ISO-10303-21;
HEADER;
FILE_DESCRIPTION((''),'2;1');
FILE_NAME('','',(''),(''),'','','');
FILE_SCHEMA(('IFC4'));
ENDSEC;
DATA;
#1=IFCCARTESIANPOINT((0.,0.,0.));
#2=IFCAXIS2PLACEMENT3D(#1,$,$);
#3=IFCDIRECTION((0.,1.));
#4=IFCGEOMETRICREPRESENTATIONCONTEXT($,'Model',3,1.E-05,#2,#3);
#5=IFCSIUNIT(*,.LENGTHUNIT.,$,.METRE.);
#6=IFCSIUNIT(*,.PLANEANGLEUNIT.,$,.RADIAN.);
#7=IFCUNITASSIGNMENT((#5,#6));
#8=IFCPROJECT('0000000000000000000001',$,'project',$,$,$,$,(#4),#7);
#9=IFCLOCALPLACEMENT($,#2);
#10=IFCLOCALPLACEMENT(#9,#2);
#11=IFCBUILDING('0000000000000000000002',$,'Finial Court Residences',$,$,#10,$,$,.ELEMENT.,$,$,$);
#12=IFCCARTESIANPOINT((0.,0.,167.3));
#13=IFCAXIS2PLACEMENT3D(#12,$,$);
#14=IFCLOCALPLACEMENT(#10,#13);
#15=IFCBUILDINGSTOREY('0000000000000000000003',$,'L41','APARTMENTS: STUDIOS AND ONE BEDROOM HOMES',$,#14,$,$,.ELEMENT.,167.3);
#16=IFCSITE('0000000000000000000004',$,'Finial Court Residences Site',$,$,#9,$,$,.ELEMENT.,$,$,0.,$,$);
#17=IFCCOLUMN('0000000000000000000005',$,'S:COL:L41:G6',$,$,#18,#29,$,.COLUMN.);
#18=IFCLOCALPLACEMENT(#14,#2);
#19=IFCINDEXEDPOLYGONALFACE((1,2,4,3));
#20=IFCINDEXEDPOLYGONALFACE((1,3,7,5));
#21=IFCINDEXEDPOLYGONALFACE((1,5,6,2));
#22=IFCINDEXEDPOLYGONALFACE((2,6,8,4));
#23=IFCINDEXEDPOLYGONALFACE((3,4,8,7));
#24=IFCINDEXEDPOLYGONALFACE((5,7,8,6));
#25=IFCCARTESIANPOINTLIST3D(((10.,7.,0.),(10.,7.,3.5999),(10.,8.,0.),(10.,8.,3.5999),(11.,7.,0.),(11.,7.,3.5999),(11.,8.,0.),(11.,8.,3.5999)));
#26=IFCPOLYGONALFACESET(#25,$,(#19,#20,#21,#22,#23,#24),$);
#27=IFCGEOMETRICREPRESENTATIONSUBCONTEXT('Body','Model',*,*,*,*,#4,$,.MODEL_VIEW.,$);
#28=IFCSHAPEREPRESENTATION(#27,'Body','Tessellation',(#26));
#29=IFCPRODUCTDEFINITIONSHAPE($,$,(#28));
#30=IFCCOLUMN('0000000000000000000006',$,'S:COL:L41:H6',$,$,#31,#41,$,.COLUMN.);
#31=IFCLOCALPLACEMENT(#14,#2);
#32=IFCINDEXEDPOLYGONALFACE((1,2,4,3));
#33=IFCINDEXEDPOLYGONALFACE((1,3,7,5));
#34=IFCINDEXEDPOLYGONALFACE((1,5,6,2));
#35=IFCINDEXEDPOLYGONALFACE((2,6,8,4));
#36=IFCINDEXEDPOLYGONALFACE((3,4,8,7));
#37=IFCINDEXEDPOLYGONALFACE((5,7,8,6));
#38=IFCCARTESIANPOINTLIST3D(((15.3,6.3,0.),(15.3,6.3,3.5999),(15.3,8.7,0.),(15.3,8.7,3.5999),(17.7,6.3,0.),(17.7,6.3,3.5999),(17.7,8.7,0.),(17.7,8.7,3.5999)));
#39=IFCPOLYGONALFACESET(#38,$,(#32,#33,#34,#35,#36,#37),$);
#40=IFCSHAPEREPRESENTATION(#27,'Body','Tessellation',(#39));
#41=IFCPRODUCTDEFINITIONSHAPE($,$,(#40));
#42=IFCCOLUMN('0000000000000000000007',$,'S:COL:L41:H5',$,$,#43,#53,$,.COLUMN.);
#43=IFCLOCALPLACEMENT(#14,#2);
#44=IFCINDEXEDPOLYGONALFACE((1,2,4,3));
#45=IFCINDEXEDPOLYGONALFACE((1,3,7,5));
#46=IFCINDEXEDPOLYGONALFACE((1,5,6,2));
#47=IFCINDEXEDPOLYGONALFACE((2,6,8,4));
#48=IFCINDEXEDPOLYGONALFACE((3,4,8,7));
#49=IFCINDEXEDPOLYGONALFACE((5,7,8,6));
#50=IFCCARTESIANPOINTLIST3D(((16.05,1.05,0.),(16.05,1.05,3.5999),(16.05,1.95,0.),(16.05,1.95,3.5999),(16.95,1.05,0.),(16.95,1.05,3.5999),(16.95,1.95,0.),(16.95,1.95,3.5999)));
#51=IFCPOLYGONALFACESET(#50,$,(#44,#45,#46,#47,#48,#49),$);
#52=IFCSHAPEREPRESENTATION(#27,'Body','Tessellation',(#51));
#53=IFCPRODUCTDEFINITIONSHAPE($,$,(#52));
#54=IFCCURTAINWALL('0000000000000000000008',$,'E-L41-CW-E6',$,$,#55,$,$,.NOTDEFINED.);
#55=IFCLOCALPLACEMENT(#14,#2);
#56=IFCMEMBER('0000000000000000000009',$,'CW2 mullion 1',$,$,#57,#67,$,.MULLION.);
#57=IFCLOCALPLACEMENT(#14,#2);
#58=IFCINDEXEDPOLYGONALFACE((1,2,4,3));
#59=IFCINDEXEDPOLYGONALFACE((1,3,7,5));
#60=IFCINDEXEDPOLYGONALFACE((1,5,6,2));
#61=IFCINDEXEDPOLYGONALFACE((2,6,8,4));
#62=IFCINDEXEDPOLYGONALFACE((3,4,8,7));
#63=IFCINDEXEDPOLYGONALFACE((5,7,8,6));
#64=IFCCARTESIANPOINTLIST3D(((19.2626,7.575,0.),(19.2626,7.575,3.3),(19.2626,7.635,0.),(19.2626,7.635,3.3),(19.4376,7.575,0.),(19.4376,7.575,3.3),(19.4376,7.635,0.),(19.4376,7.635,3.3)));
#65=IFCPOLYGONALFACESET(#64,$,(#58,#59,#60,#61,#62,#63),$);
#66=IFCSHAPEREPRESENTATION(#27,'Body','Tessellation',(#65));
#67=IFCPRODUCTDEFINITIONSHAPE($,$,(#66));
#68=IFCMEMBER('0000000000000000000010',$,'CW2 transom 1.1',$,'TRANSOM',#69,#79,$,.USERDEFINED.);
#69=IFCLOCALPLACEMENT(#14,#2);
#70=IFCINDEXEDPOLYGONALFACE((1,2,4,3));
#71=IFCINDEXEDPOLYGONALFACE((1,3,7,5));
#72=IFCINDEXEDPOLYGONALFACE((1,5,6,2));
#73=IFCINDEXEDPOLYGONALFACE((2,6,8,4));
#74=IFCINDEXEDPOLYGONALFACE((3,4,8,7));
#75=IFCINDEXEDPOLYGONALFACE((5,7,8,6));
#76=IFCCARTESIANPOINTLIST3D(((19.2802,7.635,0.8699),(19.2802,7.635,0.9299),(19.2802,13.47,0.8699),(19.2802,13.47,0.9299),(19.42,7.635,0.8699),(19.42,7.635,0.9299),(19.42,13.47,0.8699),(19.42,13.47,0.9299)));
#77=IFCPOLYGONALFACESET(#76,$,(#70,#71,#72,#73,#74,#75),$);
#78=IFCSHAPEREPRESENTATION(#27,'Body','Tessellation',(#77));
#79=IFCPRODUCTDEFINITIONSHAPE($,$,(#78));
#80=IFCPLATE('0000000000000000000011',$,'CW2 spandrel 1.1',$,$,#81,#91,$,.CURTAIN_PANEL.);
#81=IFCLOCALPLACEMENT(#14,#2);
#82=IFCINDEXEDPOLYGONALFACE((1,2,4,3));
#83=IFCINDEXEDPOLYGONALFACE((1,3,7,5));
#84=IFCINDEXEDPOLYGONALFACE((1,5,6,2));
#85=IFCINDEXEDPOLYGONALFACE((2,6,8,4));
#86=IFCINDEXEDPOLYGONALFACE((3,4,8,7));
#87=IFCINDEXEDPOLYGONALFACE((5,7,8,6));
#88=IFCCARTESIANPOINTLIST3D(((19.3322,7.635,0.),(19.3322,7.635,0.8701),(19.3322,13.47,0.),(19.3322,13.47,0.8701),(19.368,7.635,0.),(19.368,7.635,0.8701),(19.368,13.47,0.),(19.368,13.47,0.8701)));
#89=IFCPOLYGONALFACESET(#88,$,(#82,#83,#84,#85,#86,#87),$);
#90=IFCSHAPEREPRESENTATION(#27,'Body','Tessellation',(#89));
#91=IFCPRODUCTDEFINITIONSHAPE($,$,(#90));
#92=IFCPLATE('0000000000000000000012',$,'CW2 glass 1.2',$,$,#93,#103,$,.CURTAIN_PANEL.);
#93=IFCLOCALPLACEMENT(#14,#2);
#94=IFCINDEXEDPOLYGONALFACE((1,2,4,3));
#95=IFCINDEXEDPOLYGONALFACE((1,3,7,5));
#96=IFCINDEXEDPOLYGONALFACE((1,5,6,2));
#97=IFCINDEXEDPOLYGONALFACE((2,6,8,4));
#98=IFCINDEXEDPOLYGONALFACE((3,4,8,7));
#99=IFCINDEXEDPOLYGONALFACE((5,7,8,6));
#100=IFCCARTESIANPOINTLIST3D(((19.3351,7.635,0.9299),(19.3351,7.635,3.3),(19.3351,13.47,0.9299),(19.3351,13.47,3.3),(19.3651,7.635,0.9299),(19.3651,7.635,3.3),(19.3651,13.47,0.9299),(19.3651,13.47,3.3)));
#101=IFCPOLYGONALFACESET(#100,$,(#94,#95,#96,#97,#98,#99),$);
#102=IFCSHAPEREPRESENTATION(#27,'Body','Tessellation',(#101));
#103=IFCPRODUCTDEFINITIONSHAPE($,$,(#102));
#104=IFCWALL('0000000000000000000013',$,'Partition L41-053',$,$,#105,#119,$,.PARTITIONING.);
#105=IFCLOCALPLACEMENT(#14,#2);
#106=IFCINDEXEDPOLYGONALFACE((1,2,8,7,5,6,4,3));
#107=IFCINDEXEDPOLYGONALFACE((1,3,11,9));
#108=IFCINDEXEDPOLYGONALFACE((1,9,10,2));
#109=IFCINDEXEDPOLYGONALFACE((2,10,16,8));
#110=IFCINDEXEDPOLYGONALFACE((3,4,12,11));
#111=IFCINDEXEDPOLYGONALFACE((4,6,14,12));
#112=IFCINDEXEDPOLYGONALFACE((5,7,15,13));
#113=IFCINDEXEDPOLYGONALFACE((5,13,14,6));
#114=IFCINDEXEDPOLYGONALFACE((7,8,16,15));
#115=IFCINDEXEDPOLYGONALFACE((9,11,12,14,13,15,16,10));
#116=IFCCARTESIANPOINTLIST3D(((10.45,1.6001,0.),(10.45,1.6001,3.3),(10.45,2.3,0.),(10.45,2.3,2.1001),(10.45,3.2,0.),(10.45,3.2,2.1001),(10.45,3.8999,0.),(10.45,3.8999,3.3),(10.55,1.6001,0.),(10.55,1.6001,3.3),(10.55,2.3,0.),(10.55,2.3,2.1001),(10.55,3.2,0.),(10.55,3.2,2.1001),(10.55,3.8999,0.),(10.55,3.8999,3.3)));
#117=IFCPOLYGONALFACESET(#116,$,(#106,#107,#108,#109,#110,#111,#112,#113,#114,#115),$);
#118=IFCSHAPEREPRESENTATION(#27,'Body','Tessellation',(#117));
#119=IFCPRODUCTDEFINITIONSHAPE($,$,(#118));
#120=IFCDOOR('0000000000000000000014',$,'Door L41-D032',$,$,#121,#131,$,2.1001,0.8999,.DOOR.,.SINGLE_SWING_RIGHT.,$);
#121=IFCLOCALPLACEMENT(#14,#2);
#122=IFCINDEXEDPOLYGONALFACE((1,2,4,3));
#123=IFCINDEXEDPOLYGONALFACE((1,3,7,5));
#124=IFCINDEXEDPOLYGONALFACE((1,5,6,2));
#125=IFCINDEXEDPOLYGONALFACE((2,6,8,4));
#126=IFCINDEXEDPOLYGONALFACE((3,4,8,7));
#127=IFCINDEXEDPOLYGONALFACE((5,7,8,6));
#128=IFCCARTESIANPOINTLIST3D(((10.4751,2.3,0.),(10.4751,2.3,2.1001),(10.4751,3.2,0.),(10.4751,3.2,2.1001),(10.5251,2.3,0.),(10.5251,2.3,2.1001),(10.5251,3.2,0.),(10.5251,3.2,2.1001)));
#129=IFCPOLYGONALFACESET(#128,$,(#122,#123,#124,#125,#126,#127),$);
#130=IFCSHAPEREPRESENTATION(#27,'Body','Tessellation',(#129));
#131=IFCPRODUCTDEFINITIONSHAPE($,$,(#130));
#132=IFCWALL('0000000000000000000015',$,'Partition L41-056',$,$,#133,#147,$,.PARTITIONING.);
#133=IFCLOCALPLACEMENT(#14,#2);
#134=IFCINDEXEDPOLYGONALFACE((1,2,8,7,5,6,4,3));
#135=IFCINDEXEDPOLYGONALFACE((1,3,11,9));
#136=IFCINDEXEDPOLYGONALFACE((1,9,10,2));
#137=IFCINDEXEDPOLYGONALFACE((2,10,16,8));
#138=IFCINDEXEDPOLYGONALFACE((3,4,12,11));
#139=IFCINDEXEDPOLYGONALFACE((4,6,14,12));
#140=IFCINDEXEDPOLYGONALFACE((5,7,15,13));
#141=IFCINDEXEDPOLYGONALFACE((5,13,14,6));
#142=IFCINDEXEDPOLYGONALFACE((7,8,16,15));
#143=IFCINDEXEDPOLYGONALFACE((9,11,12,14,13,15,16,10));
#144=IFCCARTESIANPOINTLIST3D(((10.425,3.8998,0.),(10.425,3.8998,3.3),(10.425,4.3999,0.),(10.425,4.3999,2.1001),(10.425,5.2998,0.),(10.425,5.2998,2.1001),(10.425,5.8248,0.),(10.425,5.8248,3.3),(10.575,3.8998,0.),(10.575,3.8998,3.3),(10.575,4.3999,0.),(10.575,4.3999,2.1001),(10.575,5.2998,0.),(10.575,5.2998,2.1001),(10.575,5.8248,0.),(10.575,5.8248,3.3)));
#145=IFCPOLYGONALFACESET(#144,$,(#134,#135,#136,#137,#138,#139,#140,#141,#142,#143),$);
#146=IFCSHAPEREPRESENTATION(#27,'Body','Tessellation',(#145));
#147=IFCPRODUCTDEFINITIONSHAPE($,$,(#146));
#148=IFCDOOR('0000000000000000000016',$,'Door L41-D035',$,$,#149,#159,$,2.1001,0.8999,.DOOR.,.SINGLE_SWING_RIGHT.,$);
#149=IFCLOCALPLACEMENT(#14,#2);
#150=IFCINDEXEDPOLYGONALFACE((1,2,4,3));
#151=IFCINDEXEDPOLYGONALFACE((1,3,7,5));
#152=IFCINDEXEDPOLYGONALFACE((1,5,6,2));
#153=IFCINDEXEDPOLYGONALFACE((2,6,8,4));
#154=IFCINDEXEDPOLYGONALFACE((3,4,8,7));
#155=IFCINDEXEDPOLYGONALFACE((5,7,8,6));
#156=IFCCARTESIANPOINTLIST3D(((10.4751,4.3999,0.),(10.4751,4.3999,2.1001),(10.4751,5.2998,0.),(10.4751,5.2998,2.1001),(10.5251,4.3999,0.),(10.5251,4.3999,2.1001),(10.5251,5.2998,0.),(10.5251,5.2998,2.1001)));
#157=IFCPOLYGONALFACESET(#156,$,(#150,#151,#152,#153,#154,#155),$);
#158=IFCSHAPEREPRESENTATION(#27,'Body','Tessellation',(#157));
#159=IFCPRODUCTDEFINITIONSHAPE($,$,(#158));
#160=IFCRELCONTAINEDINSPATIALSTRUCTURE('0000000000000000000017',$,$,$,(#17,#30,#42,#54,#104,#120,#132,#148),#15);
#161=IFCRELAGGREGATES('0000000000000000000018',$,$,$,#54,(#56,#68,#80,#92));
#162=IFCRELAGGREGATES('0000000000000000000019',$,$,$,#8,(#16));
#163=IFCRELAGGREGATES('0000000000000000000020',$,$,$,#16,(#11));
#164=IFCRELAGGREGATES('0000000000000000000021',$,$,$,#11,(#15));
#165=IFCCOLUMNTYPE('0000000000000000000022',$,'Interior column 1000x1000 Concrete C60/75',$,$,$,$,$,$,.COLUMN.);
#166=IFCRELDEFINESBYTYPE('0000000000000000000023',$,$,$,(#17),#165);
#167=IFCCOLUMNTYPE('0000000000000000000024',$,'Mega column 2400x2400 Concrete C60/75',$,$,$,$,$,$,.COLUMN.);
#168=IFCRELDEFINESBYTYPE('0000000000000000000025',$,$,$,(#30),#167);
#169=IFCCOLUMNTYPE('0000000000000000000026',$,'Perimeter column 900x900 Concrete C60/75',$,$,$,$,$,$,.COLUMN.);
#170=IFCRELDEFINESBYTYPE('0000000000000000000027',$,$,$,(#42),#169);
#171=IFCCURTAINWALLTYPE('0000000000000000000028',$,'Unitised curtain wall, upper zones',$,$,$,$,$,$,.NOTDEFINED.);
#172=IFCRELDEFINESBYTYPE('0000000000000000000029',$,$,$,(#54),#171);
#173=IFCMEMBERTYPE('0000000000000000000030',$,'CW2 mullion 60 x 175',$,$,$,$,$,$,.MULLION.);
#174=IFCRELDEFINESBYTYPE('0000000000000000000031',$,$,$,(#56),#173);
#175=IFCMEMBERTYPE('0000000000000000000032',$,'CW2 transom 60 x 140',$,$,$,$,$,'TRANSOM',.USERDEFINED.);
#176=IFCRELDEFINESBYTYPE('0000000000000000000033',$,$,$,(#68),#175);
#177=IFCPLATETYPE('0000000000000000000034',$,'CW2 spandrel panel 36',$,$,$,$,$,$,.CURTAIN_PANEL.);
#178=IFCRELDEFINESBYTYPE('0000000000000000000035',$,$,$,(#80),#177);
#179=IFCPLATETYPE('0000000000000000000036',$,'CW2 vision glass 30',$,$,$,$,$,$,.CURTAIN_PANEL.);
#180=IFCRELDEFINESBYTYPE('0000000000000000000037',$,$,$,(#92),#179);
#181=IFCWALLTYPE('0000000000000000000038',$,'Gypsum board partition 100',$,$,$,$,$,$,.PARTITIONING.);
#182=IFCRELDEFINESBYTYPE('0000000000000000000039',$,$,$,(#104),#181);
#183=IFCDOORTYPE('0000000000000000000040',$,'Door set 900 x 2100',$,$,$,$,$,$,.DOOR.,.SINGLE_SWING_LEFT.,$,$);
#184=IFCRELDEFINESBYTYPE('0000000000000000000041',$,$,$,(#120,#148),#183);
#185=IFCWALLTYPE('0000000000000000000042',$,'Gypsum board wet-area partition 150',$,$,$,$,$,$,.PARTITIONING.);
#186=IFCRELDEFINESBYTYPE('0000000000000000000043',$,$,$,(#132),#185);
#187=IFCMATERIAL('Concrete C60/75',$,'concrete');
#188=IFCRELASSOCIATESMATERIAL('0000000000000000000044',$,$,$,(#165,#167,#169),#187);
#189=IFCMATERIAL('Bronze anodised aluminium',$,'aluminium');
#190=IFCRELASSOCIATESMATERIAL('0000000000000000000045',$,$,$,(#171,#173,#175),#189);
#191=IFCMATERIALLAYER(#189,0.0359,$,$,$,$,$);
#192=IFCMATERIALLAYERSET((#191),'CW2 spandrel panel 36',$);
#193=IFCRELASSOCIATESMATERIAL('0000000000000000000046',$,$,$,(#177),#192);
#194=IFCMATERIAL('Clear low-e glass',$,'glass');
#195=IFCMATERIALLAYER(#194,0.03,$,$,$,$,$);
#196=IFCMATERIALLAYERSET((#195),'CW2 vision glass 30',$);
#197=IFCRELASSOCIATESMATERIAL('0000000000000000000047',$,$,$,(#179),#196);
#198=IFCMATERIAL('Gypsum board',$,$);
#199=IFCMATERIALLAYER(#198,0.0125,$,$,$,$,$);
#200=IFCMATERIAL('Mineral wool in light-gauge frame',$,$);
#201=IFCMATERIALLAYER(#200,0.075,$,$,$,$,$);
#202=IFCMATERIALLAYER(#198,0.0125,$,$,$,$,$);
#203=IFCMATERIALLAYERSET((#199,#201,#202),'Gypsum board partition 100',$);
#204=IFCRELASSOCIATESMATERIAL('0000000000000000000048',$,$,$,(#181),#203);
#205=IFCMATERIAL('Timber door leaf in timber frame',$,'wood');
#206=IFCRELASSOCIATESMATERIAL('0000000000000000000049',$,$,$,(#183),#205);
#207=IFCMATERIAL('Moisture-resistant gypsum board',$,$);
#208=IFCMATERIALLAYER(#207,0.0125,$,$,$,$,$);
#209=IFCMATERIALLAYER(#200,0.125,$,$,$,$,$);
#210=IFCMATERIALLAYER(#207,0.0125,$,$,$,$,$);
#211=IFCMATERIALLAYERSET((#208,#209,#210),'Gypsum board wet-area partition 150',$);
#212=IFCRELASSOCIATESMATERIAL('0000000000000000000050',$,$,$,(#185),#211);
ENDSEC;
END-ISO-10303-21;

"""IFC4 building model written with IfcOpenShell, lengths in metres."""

from ifc_helpers import new_model, si_unit, direction, frame, frame_2d, origin, origin_2d, place, context, subcontext, project, spatial, rectangle, extrude, material, layer, layer_set, material_profile, profile_set, type_object, element, fill, aggregate, save


model = new_model("IFC4")

# Units and contexts
model_context = context("Model", 3, precision=1e-05, world=origin(), true_north=direction((0.0, 1.0)))
body_context = subcontext(model_context, "Body", "Model", "MODEL_VIEW")
ifc_project = project(units=[si_unit("LENGTHUNIT", "METRE"), si_unit("PLANEANGLEUNIT", "RADIAN")], contexts=[model_context])

# Site, building, storey
site_placement = place(None, origin())
site = spatial("IfcSite", under=ifc_project, at=site_placement, Name="Finial Court Residences Site", CompositionType="ELEMENT", RefElevation=0.0)
building_placement = place(site_placement, origin())
building = spatial("IfcBuilding", under=site, at=building_placement, Name="Finial Court Residences", CompositionType="ELEMENT")
storey_placement = place(building_placement, frame((0.0, 0.0, 167.3)))
storey = spatial("IfcBuildingStorey", under=building, at=storey_placement, Name="L41", Description="APARTMENTS: STUDIOS AND ONE BEDROOM HOMES", CompositionType="ELEMENT", Elevation=167.3)

# Columns
ifc_material_1 = material(Name="Concrete C60/75", Category="concrete")
ifc_material_profile_1 = material_profile(ifc_material_1, rectangle(XDim=1.0, YDim=1.0, at=origin_2d()), Name="1000x1000")
ifc_profile_set_1 = profile_set([ifc_material_profile_1], Name="Concrete C60/75")
column_type_1 = type_object("IfcColumnType", Name="Interior column 1000x1000 Concrete C60/75", PredefinedType="COLUMN", material=ifc_profile_set_1)
column_1_placement = place(storey_placement, frame((10.5, 7.5, 0.0), z_axis=(0.0, 0.0, 1.0), x_axis=(1.0, 0.0, 0.0)))
element("IfcColumn", 1, at=column_1_placement, inside=storey, type_object=column_type_1, Name="S:COL:L41:G6", PredefinedType="COLUMN", context=body_context, shape_type="SweptSolid", body=[
    extrude(rectangle(XDim=1.0, YDim=1.0, at=origin_2d()), origin(), (0.0, 0.0, 1.0), 3.5999),
])
ifc_material_profile_2 = material_profile(ifc_material_1, rectangle(XDim=2.3999, YDim=2.3999, at=origin_2d()), Name="2400x2400")
ifc_profile_set_2 = profile_set([ifc_material_profile_2], Name="Concrete C60/75")
column_type_2 = type_object("IfcColumnType", Name="Mega column 2400x2400 Concrete C60/75", PredefinedType="COLUMN", material=ifc_profile_set_2)
column_2_placement = place(storey_placement, frame((16.5, 7.5, 0.0), z_axis=(0.0, 0.0, 1.0), x_axis=(1.0, 0.0, 0.0)))
element("IfcColumn", 2, at=column_2_placement, inside=storey, type_object=column_type_2, Name="S:COL:L41:H6", PredefinedType="COLUMN", context=body_context, shape_type="SweptSolid", body=[
    extrude(rectangle(XDim=2.3999, YDim=2.3999, at=origin_2d()), origin(), (0.0, 0.0, 1.0), 3.5999),
])
ifc_material_profile_3 = material_profile(ifc_material_1, rectangle(XDim=0.8999, YDim=0.8999, at=origin_2d()), Name="900x900")
ifc_profile_set_3 = profile_set([ifc_material_profile_3], Name="Concrete C60/75")
column_type_3 = type_object("IfcColumnType", Name="Perimeter column 900x900 Concrete C60/75", PredefinedType="COLUMN", material=ifc_profile_set_3)
column_3_placement = place(storey_placement, frame((16.5, 1.5, 0.0), z_axis=(0.0, 0.0, 1.0), x_axis=(1.0, 0.0, 0.0)))
element("IfcColumn", 3, at=column_3_placement, inside=storey, type_object=column_type_3, Name="S:COL:L41:H5", PredefinedType="COLUMN", context=body_context, shape_type="SweptSolid", body=[
    extrude(rectangle(XDim=0.8999, YDim=0.8999, at=origin_2d()), origin(), (0.0, 0.0, 1.0), 3.5999),
])

# Curtain wall, members, plates
ifc_material_2 = material(Name="Bronze anodised aluminium", Category="aluminium")
curtain_wall_type = type_object("IfcCurtainWallType", Name="Unitised curtain wall, upper zones", PredefinedType="NOTDEFINED", material=ifc_material_2)
curtain_wall_placement = place(storey_placement, origin())
curtain_wall = element("IfcCurtainWall", 4, at=curtain_wall_placement, inside=storey, type_object=curtain_wall_type, Name="E-L41-CW-E6", PredefinedType="NOTDEFINED")
ifc_material_profile_4 = material_profile(ifc_material_2, rectangle(XDim=0.175, YDim=0.0601, at=origin_2d()), Name="CW2 mullion 60 x 175")
ifc_profile_set_4 = profile_set([ifc_material_profile_4], Name="Bronze anodised aluminium")
member_type_1 = type_object("IfcMemberType", Name="CW2 mullion 60 x 175", PredefinedType="MULLION", material=ifc_profile_set_4)
member_1_placement = place(storey_placement, frame((19.3501, 7.605, 0.0), z_axis=(0.0, 0.0, 1.0), x_axis=(-1.0, 0.0, 0.0)))
member_1 = element("IfcMember", 5, at=member_1_placement, type_object=member_type_1, Name="CW2 mullion 1", PredefinedType="MULLION", context=body_context, shape_type="SweptSolid", body=[
    extrude(rectangle(XDim=0.175, YDim=0.0601, at=origin_2d()), origin(), (0.0, 0.0, 1.0), 3.3),
])
ifc_material_profile_5 = material_profile(ifc_material_2, rectangle(XDim=0.1399, YDim=0.0601, at=origin_2d()), Name="CW2 transom 60 x 140")
ifc_profile_set_5 = profile_set([ifc_material_profile_5], Name="Bronze anodised aluminium")
member_type_2 = type_object("IfcMemberType", Name="CW2 transom 60 x 140", ElementType="TRANSOM", PredefinedType="USERDEFINED", material=ifc_profile_set_5)
member_2_placement = place(storey_placement, frame((19.3501, 7.635, 0.8999), z_axis=(0.0, 1.0, 0.0), x_axis=(-1.0, 0.0, 0.0)))
member_2 = element("IfcMember", 6, at=member_2_placement, type_object=member_type_2, Name="CW2 transom 1.1", ObjectType="TRANSOM", PredefinedType="USERDEFINED", context=body_context, shape_type="SweptSolid", body=[
    extrude(rectangle(XDim=0.1399, YDim=0.0601, at=origin_2d()), origin(), (0.0, 0.0, 1.0), 5.835),
])
ifc_layer_1 = layer(ifc_material_2, 0.0359)
ifc_layer_set_1 = layer_set([ifc_layer_1], Name="CW2 spandrel panel 36")
plate_type_1 = type_object("IfcPlateType", Name="CW2 spandrel panel 36", PredefinedType="CURTAIN_PANEL", material=ifc_layer_set_1)
plate_1_placement = place(storey_placement, frame((19.3501, 10.5525, 0.0), z_axis=(0.0, 0.0, 1.0), x_axis=(0.0, 1.0, 0.0)))
plate_1 = element("IfcPlate", 7, at=plate_1_placement, type_object=plate_type_1, Name="CW2 spandrel 1.1", PredefinedType="CURTAIN_PANEL", context=body_context, shape_type="SweptSolid", body=[
    extrude(rectangle(XDim=5.835, YDim=0.0359, at=origin_2d()), origin(), (0.0, 0.0, 1.0), 0.8701),
])
ifc_material_3 = material(Name="Clear low-e glass", Category="glass")
ifc_layer_2 = layer(ifc_material_3, 0.03)
ifc_layer_set_2 = layer_set([ifc_layer_2], Name="CW2 vision glass 30")
plate_type_2 = type_object("IfcPlateType", Name="CW2 vision glass 30", PredefinedType="CURTAIN_PANEL", material=ifc_layer_set_2)
plate_2_placement = place(storey_placement, frame((19.3501, 10.5525, 0.9299), z_axis=(0.0, 0.0, 1.0), x_axis=(0.0, 1.0, 0.0)))
plate_2 = element("IfcPlate", 8, at=plate_2_placement, type_object=plate_type_2, Name="CW2 glass 1.2", PredefinedType="CURTAIN_PANEL", context=body_context, shape_type="SweptSolid", body=[
    extrude(rectangle(XDim=5.835, YDim=0.03, at=origin_2d()), origin(), (0.0, 0.0, 1.0), 2.3701),
])
aggregate(curtain_wall, [member_1, member_2, plate_1, plate_2])

# Walls, openings, doors
ifc_material_4 = material(Name="Gypsum board")
ifc_layer_3 = layer(ifc_material_4, 0.0125)
ifc_material_5 = material(Name="Mineral wool in light-gauge frame")
ifc_layer_4 = layer(ifc_material_5, 0.075)
ifc_layer_5 = layer(ifc_material_4, 0.0125)
ifc_layer_set_3 = layer_set([ifc_layer_3, ifc_layer_4, ifc_layer_5], Name="Gypsum board partition 100")
wall_type_1 = type_object("IfcWallType", Name="Gypsum board partition 100", PredefinedType="PARTITIONING", material=ifc_layer_set_3)
wall_1_placement = place(storey_placement, frame((10.5, 1.6001, 0.0), z_axis=(0.0, 0.0, 1.0), x_axis=(0.0, 1.0, 0.0)))
wall_1 = element("IfcWall", 9, at=wall_1_placement, inside=storey, type_object=wall_type_1, Name="Partition L41-053", PredefinedType="PARTITIONING", context=body_context, shape_type="SweptSolid", body=[
    extrude(rectangle(XDim=2.2998, YDim=0.1001, at=frame_2d((1.1499, 0.0))), origin(), (0.0, 0.0, 1.0), 3.3),
])
opening_1_placement = place(wall_1_placement, frame((0.7, 0.0, 0.0)))
opening_1 = element("IfcOpeningElement", 10, at=opening_1_placement, cuts=wall_1, PredefinedType="OPENING", context=body_context, shape_type="SweptSolid", body=[
    extrude(rectangle(XDim=0.8999, YDim=2.1001, at=frame_2d((0.45, 1.05))), frame((0.0, 0.0601, 0.0), z_axis=(0.0, -1.0, 0.0), x_axis=(1.0, 0.0, 0.0)), (0.0, 0.0, 1.0), 0.1201),
])
ifc_material_6 = material(Name="Timber door leaf in timber frame", Category="wood")
door_type_1 = type_object("IfcDoorType", Name="Door set 900 x 2100", OperationType="SINGLE_SWING_LEFT", PredefinedType="DOOR", material=ifc_material_6)
door_1_placement = place(opening_1_placement, origin())
door_1 = element("IfcDoor", 11, at=door_1_placement, inside=storey, type_object=door_type_1, Name="Door L41-D032", OperationType="SINGLE_SWING_RIGHT", OverallHeight=2.1001, OverallWidth=0.8999, PredefinedType="DOOR", context=body_context, shape_type="SweptSolid", body=[
    extrude(rectangle(XDim=0.8999, YDim=2.1001, at=frame_2d((0.45, 1.05))), frame((0.0, 0.0249, 0.0), z_axis=(0.0, -1.0, 0.0), x_axis=(1.0, 0.0, 0.0)), (0.0, 0.0, 1.0), 0.05),
])
fill(opening_1, door_1)
ifc_material_7 = material(Name="Moisture-resistant gypsum board")
ifc_layer_6 = layer(ifc_material_7, 0.0125)
ifc_layer_7 = layer(ifc_material_5, 0.125)
ifc_layer_8 = layer(ifc_material_7, 0.0125)
ifc_layer_set_4 = layer_set([ifc_layer_6, ifc_layer_7, ifc_layer_8], Name="Gypsum board wet-area partition 150")
wall_type_2 = type_object("IfcWallType", Name="Gypsum board wet-area partition 150", PredefinedType="PARTITIONING", material=ifc_layer_set_4)
wall_2_placement = place(storey_placement, frame((10.5, 3.8999, 0.0), z_axis=(0.0, 0.0, 1.0), x_axis=(0.0, 1.0, 0.0)))
wall_2 = element("IfcWall", 12, at=wall_2_placement, inside=storey, type_object=wall_type_2, Name="Partition L41-056", PredefinedType="PARTITIONING", context=body_context, shape_type="SweptSolid", body=[
    extrude(rectangle(XDim=1.925, YDim=0.1499, at=frame_2d((0.9624, 0.0))), origin(), (0.0, 0.0, 1.0), 3.3),
])
opening_2_placement = place(wall_2_placement, frame((0.5, 0.0, 0.0)))
opening_2 = element("IfcOpeningElement", 13, at=opening_2_placement, cuts=wall_2, PredefinedType="OPENING", context=body_context, shape_type="SweptSolid", body=[
    extrude(rectangle(XDim=0.8999, YDim=2.1001, at=frame_2d((0.45, 1.05))), frame((0.0, 0.085, 0.0), z_axis=(0.0, -1.0, 0.0), x_axis=(1.0, 0.0, 0.0)), (0.0, 0.0, 1.0), 0.1699),
])
door_2_placement = place(opening_2_placement, origin())
door_2 = element("IfcDoor", 14, at=door_2_placement, inside=storey, type_object=door_type_1, Name="Door L41-D035", OperationType="SINGLE_SWING_RIGHT", OverallHeight=2.1001, OverallWidth=0.8999, PredefinedType="DOOR", context=body_context, shape_type="SweptSolid", body=[
    extrude(rectangle(XDim=0.8999, YDim=2.1001, at=frame_2d((0.45, 1.05))), frame((0.0, 0.0249, 0.0), z_axis=(0.0, -1.0, 0.0), x_axis=(1.0, 0.0, 0.0)), (0.0, 0.0, 1.0), 0.05),
])
fill(opening_2, door_2)

save(model, "model.ifc")
